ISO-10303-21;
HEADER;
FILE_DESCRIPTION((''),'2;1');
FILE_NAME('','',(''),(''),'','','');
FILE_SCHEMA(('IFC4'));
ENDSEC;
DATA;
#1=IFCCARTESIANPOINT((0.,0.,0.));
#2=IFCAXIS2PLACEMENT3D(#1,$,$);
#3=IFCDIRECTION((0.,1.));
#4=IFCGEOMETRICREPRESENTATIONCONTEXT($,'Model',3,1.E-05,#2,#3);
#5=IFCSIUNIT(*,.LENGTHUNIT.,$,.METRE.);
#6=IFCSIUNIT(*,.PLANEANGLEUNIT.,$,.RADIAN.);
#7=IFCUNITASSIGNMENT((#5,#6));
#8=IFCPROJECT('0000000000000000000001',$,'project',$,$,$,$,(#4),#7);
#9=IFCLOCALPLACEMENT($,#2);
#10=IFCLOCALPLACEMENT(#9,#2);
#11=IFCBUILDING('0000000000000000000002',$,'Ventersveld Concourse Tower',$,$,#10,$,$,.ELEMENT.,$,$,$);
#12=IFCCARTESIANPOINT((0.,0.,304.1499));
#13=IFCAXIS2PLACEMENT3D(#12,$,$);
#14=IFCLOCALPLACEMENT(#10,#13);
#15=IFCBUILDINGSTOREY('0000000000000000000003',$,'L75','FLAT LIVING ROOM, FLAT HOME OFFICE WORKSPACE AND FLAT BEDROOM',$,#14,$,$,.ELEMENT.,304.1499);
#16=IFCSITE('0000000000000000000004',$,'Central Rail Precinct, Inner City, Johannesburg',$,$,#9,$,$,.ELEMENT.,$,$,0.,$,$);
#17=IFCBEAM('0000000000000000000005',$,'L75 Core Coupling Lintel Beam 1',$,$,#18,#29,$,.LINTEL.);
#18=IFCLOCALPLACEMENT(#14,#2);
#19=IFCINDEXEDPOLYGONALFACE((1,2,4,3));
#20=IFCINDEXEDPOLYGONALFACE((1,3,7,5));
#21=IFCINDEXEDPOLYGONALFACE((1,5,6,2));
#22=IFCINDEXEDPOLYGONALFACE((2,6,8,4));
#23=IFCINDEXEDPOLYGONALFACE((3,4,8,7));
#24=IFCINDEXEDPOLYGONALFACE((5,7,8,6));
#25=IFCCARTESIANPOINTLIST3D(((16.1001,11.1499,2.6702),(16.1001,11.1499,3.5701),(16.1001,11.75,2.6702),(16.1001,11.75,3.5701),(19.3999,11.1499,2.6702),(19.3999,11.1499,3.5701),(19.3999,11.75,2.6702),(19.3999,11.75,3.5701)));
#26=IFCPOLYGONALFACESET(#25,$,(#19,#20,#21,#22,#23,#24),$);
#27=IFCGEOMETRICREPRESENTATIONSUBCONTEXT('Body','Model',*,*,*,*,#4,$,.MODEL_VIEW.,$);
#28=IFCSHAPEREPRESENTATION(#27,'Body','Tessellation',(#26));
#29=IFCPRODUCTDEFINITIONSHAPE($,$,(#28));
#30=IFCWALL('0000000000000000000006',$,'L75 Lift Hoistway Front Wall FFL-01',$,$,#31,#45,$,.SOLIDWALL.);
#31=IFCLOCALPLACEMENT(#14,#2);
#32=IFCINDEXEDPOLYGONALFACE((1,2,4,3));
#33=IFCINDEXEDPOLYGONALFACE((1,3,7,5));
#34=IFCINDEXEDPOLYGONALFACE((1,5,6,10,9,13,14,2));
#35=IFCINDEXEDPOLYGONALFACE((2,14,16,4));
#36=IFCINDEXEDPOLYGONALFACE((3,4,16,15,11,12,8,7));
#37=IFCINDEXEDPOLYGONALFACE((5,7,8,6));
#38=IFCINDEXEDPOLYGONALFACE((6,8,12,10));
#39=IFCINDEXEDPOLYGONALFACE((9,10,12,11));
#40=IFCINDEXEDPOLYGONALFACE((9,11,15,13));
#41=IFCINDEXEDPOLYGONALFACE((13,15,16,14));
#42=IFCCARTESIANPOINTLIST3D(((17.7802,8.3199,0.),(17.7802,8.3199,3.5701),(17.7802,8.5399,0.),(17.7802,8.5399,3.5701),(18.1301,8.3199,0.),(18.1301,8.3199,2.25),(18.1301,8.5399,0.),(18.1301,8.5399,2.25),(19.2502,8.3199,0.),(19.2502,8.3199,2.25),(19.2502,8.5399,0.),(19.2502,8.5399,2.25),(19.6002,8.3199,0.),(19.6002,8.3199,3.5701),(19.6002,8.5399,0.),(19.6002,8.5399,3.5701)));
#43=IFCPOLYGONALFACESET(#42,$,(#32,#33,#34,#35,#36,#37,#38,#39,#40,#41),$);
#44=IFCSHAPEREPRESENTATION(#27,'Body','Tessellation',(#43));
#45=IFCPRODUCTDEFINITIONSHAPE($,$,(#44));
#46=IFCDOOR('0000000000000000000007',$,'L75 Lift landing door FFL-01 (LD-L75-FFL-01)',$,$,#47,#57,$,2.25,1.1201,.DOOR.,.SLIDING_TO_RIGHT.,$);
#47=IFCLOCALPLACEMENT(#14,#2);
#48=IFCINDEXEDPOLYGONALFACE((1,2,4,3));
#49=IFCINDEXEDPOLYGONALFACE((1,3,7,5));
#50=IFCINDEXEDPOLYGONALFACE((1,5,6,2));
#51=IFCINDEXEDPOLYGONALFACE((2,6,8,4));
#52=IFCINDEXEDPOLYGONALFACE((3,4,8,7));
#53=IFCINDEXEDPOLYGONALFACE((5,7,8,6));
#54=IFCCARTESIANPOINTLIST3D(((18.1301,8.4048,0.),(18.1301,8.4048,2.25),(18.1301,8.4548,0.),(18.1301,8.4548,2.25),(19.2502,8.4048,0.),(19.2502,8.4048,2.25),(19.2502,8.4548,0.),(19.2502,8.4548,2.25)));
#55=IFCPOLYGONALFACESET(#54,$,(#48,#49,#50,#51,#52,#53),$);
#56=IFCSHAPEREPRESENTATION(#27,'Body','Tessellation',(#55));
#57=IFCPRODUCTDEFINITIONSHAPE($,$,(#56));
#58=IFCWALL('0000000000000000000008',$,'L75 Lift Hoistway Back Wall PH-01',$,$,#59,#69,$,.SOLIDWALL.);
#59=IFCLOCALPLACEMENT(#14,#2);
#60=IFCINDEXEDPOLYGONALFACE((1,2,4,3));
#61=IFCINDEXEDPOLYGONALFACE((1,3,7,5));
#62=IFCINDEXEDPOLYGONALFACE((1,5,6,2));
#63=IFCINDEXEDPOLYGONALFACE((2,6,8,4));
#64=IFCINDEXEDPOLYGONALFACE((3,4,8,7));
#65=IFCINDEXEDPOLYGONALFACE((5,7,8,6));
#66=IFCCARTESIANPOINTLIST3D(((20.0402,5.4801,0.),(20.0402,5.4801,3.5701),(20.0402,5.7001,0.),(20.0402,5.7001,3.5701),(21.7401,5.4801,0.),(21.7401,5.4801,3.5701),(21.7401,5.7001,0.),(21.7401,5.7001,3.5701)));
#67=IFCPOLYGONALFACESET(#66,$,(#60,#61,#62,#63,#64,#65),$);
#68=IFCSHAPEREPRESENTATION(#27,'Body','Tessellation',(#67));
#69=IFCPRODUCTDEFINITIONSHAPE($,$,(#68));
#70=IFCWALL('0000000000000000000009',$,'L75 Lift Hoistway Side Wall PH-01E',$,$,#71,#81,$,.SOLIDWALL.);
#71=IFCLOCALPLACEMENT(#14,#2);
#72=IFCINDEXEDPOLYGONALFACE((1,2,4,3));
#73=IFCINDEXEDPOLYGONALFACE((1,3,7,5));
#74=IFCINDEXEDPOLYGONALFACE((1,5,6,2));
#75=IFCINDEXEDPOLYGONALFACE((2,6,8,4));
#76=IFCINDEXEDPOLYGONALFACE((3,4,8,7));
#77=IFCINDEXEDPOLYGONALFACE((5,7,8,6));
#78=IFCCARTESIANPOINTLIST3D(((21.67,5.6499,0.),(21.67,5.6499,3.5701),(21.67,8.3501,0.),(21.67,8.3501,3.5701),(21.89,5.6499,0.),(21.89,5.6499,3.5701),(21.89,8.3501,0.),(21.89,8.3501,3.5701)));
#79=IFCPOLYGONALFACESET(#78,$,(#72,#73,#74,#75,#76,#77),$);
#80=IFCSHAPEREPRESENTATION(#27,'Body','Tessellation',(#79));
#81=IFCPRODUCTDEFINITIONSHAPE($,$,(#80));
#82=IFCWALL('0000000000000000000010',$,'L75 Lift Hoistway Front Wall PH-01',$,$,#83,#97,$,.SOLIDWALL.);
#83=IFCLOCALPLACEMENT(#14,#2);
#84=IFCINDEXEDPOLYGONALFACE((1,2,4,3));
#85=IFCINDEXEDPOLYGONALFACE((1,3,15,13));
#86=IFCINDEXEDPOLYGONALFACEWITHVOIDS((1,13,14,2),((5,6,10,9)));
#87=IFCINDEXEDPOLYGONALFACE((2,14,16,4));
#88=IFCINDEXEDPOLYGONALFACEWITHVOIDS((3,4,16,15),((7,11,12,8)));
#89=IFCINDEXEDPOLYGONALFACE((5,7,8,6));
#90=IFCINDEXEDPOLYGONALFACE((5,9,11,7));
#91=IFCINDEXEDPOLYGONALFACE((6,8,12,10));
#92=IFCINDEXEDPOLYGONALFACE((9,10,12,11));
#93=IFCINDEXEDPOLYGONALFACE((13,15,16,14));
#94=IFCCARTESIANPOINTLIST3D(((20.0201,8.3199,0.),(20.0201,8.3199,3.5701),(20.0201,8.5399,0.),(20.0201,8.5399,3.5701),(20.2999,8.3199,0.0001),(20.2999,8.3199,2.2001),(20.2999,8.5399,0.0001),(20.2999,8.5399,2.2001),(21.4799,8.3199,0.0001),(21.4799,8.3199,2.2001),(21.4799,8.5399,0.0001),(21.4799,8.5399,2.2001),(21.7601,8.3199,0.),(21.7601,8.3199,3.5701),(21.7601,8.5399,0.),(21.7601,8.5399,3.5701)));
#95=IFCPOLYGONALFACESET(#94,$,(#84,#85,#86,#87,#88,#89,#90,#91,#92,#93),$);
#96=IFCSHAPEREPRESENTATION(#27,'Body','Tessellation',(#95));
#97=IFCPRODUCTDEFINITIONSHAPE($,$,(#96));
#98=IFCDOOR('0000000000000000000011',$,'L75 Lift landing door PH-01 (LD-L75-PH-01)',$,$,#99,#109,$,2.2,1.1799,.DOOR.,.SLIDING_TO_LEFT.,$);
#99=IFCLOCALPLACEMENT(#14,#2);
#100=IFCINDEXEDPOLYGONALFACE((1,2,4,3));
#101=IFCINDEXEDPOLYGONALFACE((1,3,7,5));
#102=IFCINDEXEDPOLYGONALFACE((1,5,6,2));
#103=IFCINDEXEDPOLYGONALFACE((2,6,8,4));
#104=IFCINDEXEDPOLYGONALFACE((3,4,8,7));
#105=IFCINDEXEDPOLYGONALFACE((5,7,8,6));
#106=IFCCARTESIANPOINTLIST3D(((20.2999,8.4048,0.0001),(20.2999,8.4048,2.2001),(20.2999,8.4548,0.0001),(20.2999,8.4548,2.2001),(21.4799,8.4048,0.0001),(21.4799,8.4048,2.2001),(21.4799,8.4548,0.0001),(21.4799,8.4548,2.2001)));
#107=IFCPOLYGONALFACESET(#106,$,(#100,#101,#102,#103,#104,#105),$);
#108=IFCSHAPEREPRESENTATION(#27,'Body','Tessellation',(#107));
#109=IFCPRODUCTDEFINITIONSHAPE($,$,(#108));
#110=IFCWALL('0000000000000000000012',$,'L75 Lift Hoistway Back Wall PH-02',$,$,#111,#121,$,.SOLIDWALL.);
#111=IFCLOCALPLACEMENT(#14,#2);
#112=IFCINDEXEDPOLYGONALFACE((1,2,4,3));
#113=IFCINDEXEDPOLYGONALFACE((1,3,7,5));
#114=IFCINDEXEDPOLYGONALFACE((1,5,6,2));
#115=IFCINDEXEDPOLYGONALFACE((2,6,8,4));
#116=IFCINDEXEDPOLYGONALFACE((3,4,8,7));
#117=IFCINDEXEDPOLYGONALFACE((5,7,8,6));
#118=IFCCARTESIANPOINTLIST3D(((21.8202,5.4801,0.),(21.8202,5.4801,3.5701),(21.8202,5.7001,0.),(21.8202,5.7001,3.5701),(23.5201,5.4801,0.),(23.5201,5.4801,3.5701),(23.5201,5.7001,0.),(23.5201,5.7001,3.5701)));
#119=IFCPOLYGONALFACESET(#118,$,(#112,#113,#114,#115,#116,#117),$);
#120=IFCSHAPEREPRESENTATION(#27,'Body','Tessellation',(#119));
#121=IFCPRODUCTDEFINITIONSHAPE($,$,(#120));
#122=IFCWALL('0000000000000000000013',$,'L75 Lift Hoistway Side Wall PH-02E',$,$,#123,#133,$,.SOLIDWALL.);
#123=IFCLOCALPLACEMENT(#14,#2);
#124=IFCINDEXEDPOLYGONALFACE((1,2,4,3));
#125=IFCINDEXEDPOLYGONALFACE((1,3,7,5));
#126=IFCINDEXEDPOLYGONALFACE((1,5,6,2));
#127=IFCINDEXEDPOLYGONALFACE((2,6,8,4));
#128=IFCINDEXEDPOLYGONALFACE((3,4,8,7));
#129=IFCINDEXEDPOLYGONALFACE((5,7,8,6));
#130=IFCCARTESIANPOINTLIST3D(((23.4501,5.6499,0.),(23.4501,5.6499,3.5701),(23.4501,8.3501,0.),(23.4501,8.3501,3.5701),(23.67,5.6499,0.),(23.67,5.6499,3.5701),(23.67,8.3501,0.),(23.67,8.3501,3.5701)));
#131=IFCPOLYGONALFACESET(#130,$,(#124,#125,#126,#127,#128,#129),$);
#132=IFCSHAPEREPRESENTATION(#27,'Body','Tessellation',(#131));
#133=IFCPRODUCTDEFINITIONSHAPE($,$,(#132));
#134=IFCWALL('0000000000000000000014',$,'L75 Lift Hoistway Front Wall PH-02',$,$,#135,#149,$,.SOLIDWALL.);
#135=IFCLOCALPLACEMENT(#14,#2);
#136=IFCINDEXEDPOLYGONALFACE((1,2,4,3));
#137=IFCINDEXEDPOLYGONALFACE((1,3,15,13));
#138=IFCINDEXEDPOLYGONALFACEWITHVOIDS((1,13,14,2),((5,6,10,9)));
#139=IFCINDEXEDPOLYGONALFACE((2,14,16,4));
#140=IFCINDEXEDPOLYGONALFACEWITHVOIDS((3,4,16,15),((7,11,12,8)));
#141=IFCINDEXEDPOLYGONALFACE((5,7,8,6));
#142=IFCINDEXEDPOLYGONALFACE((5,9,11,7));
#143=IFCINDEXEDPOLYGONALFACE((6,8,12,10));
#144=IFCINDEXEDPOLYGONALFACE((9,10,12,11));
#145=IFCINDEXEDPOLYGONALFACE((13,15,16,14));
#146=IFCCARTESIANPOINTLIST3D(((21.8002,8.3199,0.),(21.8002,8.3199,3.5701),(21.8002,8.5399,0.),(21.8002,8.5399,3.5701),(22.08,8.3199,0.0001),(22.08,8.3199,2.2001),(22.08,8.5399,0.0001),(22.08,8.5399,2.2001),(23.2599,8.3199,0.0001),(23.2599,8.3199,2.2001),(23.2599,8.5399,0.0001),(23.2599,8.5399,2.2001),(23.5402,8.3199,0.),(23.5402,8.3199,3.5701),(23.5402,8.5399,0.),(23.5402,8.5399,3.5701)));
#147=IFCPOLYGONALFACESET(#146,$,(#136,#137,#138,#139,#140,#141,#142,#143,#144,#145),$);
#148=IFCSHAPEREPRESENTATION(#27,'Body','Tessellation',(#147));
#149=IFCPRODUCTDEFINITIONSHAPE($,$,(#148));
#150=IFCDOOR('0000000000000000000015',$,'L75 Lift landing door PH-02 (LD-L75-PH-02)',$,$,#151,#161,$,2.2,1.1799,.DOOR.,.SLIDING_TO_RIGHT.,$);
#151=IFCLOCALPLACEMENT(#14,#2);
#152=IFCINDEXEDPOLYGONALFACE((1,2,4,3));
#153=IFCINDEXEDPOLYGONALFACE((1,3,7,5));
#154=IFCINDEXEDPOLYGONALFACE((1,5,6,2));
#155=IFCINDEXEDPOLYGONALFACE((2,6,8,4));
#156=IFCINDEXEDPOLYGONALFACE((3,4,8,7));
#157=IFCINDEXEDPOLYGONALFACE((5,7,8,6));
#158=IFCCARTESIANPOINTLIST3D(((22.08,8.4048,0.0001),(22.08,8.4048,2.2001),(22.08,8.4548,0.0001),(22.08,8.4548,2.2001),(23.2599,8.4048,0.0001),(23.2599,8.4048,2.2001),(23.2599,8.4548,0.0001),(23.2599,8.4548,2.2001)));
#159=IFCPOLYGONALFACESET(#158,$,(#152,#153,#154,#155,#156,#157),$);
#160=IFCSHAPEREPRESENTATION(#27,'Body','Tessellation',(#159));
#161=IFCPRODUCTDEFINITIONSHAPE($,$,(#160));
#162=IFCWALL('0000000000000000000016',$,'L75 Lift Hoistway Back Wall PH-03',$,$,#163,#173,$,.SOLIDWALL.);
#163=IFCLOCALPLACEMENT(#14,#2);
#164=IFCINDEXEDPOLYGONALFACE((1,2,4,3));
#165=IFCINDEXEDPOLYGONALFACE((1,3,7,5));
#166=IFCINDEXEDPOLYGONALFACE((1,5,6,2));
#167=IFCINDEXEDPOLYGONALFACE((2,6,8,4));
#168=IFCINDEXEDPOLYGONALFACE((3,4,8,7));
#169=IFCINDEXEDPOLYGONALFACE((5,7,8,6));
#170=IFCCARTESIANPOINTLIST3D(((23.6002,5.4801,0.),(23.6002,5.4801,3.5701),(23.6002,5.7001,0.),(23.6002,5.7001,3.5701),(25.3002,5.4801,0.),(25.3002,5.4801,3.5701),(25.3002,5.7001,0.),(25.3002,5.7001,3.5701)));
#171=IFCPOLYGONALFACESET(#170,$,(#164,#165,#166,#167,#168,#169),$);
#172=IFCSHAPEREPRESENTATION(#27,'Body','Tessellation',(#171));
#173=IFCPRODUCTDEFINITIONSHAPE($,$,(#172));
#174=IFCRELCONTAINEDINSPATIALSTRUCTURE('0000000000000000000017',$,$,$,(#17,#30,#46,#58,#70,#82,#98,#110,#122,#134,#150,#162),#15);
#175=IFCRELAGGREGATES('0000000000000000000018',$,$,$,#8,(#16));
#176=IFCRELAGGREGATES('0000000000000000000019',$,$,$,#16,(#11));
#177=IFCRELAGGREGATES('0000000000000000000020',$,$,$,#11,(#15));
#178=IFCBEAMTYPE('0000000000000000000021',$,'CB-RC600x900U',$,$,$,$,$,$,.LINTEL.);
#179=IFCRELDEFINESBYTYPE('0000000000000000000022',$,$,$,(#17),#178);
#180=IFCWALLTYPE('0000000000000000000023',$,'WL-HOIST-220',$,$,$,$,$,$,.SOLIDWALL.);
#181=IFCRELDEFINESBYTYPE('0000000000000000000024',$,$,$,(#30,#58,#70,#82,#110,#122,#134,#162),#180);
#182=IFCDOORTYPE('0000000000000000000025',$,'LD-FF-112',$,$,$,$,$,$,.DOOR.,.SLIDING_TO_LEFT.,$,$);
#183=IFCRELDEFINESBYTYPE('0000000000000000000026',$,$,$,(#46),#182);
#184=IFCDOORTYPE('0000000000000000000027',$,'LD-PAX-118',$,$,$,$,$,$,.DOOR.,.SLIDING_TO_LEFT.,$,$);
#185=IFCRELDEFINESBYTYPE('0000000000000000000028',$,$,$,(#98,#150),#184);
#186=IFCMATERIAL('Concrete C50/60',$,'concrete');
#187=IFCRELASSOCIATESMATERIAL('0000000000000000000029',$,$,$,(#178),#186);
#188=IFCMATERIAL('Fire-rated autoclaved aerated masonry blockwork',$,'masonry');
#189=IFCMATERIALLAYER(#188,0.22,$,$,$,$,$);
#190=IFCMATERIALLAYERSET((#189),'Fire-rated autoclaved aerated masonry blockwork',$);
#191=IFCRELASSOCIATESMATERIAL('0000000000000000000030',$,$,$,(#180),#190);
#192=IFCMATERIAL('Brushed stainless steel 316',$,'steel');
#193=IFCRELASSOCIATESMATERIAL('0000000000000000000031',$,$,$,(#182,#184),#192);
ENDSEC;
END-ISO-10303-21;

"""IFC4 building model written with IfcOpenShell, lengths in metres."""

from ifc_helpers import new_model, si_unit, direction, frame, frame_2d, origin, origin_2d, place, context, subcontext, project, spatial, rectangle, extrude, material, layer, layer_set, material_profile, profile_set, type_object, element, fill, save


model = new_model("IFC4")

# Units and contexts
model_context = context("Model", 3, precision=1e-05, world=origin(), true_north=direction((0.0, 1.0)))
body_context = subcontext(model_context, "Body", "Model", "MODEL_VIEW")
ifc_project = project(units=[si_unit("LENGTHUNIT", "METRE"), si_unit("PLANEANGLEUNIT", "RADIAN")], contexts=[model_context])

# Site, building, storey
site_placement = place(None, origin())
site = spatial("IfcSite", under=ifc_project, at=site_placement, Name="Central Rail Precinct, Inner City, Johannesburg", CompositionType="ELEMENT", RefElevation=0.0)
building_placement = place(site_placement, origin())
building = spatial("IfcBuilding", under=site, at=building_placement, Name="Ventersveld Concourse Tower", CompositionType="ELEMENT")
storey_placement = place(building_placement, frame((0.0, 0.0, 304.1499)))
storey = spatial("IfcBuildingStorey", under=building, at=storey_placement, Name="L75", Description="FLAT LIVING ROOM, FLAT HOME OFFICE WORKSPACE AND FLAT BEDROOM", CompositionType="ELEMENT", Elevation=304.1499)

# Beam
ifc_material_1 = material(Name="Concrete C50/60", Category="concrete")
ifc_material_profile = material_profile(ifc_material_1, rectangle(XDim=0.6001, YDim=0.8999, at=origin_2d()), Name="RC 600x900")
ifc_profile_set = profile_set([ifc_material_profile], Name="Concrete C50/60")
beam_type = type_object("IfcBeamType", Name="CB-RC600x900U", PredefinedType="LINTEL", material=ifc_profile_set)
beam_placement = place(storey_placement, frame((16.1001, 11.45, 3.1201), z_axis=(1.0, 0.0, 0.0), x_axis=(0.0, 1.0, 0.0)))
element("IfcBeam", 1, at=beam_placement, inside=storey, type_object=beam_type, Name="L75 Core Coupling Lintel Beam 1", PredefinedType="LINTEL", context=body_context, shape_type="SweptSolid", body=[
    extrude(rectangle(XDim=0.6001, YDim=0.8999, at=origin_2d()), origin(), (0.0, 0.0, 1.0), 3.2998),
])

# Wall, opening, door
ifc_material_2 = material(Name="Fire-rated autoclaved aerated masonry blockwork", Category="masonry")
ifc_layer = layer(ifc_material_2, 0.22)
ifc_layer_set = layer_set([ifc_layer], Name="Fire-rated autoclaved aerated masonry blockwork")
wall_type = type_object("IfcWallType", Name="WL-HOIST-220", PredefinedType="SOLIDWALL", material=ifc_layer_set)
wall_1_placement = place(storey_placement, frame((17.78, 8.4299, 0.0), z_axis=(0.0, 0.0, 1.0), x_axis=(1.0, 0.0, 0.0)))
wall_1 = element("IfcWall", 2, at=wall_1_placement, inside=storey, type_object=wall_type, Name="L75 Lift Hoistway Front Wall FFL-01", PredefinedType="SOLIDWALL", context=body_context, shape_type="SweptSolid", body=[
    extrude(rectangle(XDim=1.8201, YDim=0.22, at=frame_2d((0.9102, 0.0))), origin(), (0.0, 0.0, 1.0), 3.5701),
])
opening_1_placement = place(wall_1_placement, frame((0.3501, 0.0, 0.0)))
opening_1 = element("IfcOpeningElement", 3, at=opening_1_placement, cuts=wall_1, PredefinedType="OPENING", context=body_context, shape_type="SweptSolid", body=[
    extrude(rectangle(XDim=1.1201, YDim=2.25, at=frame_2d((0.5601, 1.125))), frame((0.0, 0.1201, 0.0), z_axis=(0.0, -1.0, 0.0), x_axis=(1.0, 0.0, 0.0)), (0.0, 0.0, 1.0), 0.24),
])
ifc_material_3 = material(Name="Brushed stainless steel 316", Category="steel")
door_type_1 = type_object("IfcDoorType", Name="LD-FF-112", OperationType="SLIDING_TO_LEFT", PredefinedType="DOOR", material=ifc_material_3)
door_1_placement = place(opening_1_placement, origin())
door_1 = element("IfcDoor", 4, at=door_1_placement, inside=storey, type_object=door_type_1, Name="L75 Lift landing door FFL-01 (LD-L75-FFL-01)", OperationType="SLIDING_TO_RIGHT", OverallHeight=2.25, OverallWidth=1.1201, PredefinedType="DOOR", context=body_context, shape_type="SweptSolid", body=[
    extrude(rectangle(XDim=1.1201, YDim=2.25, at=frame_2d((0.5601, 1.125))), frame((0.0, 0.0249, 0.0), z_axis=(0.0, -1.0, 0.0), x_axis=(1.0, 0.0, 0.0)), (0.0, 0.0, 1.0), 0.05),
])
fill(opening_1, door_1)

# Walls
wall_2_placement = place(storey_placement, frame((20.04, 5.5901, 0.0), z_axis=(0.0, 0.0, 1.0), x_axis=(1.0, 0.0, 0.0)))
element("IfcWall", 5, at=wall_2_placement, inside=storey, type_object=wall_type, Name="L75 Lift Hoistway Back Wall PH-01", PredefinedType="SOLIDWALL", context=body_context, shape_type="SweptSolid", body=[
    extrude(rectangle(XDim=1.7, YDim=0.22, at=frame_2d((0.8501, 0.0))), origin(), (0.0, 0.0, 1.0), 3.5701),
])
wall_3_placement = place(storey_placement, frame((21.78, 5.6499, 0.0), z_axis=(0.0, 0.0, 1.0), x_axis=(0.0, 1.0, 0.0)))
element("IfcWall", 6, at=wall_3_placement, inside=storey, type_object=wall_type, Name="L75 Lift Hoistway Side Wall PH-01E", PredefinedType="SOLIDWALL", context=body_context, shape_type="SweptSolid", body=[
    extrude(rectangle(XDim=2.7002, YDim=0.22, at=frame_2d((1.3501, 0.0))), origin(), (0.0, 0.0, 1.0), 3.5701),
])

# Wall, opening, door
wall_4_placement = place(storey_placement, frame((20.02, 8.4299, 0.0), z_axis=(0.0, 0.0, 1.0), x_axis=(1.0, 0.0, 0.0)))
wall_4 = element("IfcWall", 7, at=wall_4_placement, inside=storey, type_object=wall_type, Name="L75 Lift Hoistway Front Wall PH-01", PredefinedType="SOLIDWALL", context=body_context, shape_type="SweptSolid", body=[
    extrude(rectangle(XDim=1.74, YDim=0.22, at=frame_2d((0.8701, 0.0))), origin(), (0.0, 0.0, 1.0), 3.5701),
])
opening_2_placement = place(wall_4_placement, frame((0.28, 0.0, 0.0)))
opening_2 = element("IfcOpeningElement", 8, at=opening_2_placement, cuts=wall_4, PredefinedType="OPENING", context=body_context, shape_type="SweptSolid", body=[
    extrude(rectangle(XDim=1.1799, YDim=2.2, at=frame_2d((0.5898, 1.1001))), frame((0.0, 0.1201, 0.0), z_axis=(0.0, -1.0, 0.0), x_axis=(1.0, 0.0, 0.0)), (0.0, 0.0, 1.0), 0.24),
])
door_type_2 = type_object("IfcDoorType", Name="LD-PAX-118", OperationType="SLIDING_TO_LEFT", PredefinedType="DOOR", material=ifc_material_3)
door_2_placement = place(opening_2_placement, origin())
door_2 = element("IfcDoor", 9, at=door_2_placement, inside=storey, type_object=door_type_2, Name="L75 Lift landing door PH-01 (LD-L75-PH-01)", OperationType="SLIDING_TO_LEFT", OverallHeight=2.2, OverallWidth=1.1799, PredefinedType="DOOR", context=body_context, shape_type="SweptSolid", body=[
    extrude(rectangle(XDim=1.1799, YDim=2.2, at=frame_2d((0.5898, 1.1001))), frame((0.0, 0.0249, 0.0), z_axis=(0.0, -1.0, 0.0), x_axis=(1.0, 0.0, 0.0)), (0.0, 0.0, 1.0), 0.05),
])
fill(opening_2, door_2)

# Walls
wall_5_placement = place(storey_placement, frame((21.8201, 5.5901, 0.0), z_axis=(0.0, 0.0, 1.0), x_axis=(1.0, 0.0, 0.0)))
element("IfcWall", 10, at=wall_5_placement, inside=storey, type_object=wall_type, Name="L75 Lift Hoistway Back Wall PH-02", PredefinedType="SOLIDWALL", context=body_context, shape_type="SweptSolid", body=[
    extrude(rectangle(XDim=1.7, YDim=0.22, at=frame_2d((0.8501, 0.0))), origin(), (0.0, 0.0, 1.0), 3.5701),
])
wall_6_placement = place(storey_placement, frame((23.5601, 5.6499, 0.0), z_axis=(0.0, 0.0, 1.0), x_axis=(0.0, 1.0, 0.0)))
element("IfcWall", 11, at=wall_6_placement, inside=storey, type_object=wall_type, Name="L75 Lift Hoistway Side Wall PH-02E", PredefinedType="SOLIDWALL", context=body_context, shape_type="SweptSolid", body=[
    extrude(rectangle(XDim=2.7002, YDim=0.22, at=frame_2d((1.3501, 0.0))), origin(), (0.0, 0.0, 1.0), 3.5701),
])

# Wall, opening, door
wall_7_placement = place(storey_placement, frame((21.8, 8.4299, 0.0), z_axis=(0.0, 0.0, 1.0), x_axis=(1.0, 0.0, 0.0)))
wall_7 = element("IfcWall", 12, at=wall_7_placement, inside=storey, type_object=wall_type, Name="L75 Lift Hoistway Front Wall PH-02", PredefinedType="SOLIDWALL", context=body_context, shape_type="SweptSolid", body=[
    extrude(rectangle(XDim=1.74, YDim=0.22, at=frame_2d((0.8701, 0.0))), origin(), (0.0, 0.0, 1.0), 3.5701),
])
opening_3_placement = place(wall_7_placement, frame((0.28, 0.0, 0.0)))
opening_3 = element("IfcOpeningElement", 13, at=opening_3_placement, cuts=wall_7, PredefinedType="OPENING", context=body_context, shape_type="SweptSolid", body=[
    extrude(rectangle(XDim=1.1799, YDim=2.2, at=frame_2d((0.5898, 1.1001))), frame((0.0, 0.1201, 0.0), z_axis=(0.0, -1.0, 0.0), x_axis=(1.0, 0.0, 0.0)), (0.0, 0.0, 1.0), 0.24),
])
door_3_placement = place(opening_3_placement, origin())
door_3 = element("IfcDoor", 14, at=door_3_placement, inside=storey, type_object=door_type_2, Name="L75 Lift landing door PH-02 (LD-L75-PH-02)", OperationType="SLIDING_TO_RIGHT", OverallHeight=2.2, OverallWidth=1.1799, PredefinedType="DOOR", context=body_context, shape_type="SweptSolid", body=[
    extrude(rectangle(XDim=1.1799, YDim=2.2, at=frame_2d((0.5898, 1.1001))), frame((0.0, 0.0249, 0.0), z_axis=(0.0, -1.0, 0.0), x_axis=(1.0, 0.0, 0.0)), (0.0, 0.0, 1.0), 0.05),
])
fill(opening_3, door_3)

# Wall
wall_8_placement = place(storey_placement, frame((23.6001, 5.5901, 0.0), z_axis=(0.0, 0.0, 1.0), x_axis=(1.0, 0.0, 0.0)))
element("IfcWall", 15, at=wall_8_placement, inside=storey, type_object=wall_type, Name="L75 Lift Hoistway Back Wall PH-03", PredefinedType="SOLIDWALL", context=body_context, shape_type="SweptSolid", body=[
    extrude(rectangle(XDim=1.7, YDim=0.22, at=frame_2d((0.8501, 0.0))), origin(), (0.0, 0.0, 1.0), 3.5701),
])

save(model, "model.ifc")
